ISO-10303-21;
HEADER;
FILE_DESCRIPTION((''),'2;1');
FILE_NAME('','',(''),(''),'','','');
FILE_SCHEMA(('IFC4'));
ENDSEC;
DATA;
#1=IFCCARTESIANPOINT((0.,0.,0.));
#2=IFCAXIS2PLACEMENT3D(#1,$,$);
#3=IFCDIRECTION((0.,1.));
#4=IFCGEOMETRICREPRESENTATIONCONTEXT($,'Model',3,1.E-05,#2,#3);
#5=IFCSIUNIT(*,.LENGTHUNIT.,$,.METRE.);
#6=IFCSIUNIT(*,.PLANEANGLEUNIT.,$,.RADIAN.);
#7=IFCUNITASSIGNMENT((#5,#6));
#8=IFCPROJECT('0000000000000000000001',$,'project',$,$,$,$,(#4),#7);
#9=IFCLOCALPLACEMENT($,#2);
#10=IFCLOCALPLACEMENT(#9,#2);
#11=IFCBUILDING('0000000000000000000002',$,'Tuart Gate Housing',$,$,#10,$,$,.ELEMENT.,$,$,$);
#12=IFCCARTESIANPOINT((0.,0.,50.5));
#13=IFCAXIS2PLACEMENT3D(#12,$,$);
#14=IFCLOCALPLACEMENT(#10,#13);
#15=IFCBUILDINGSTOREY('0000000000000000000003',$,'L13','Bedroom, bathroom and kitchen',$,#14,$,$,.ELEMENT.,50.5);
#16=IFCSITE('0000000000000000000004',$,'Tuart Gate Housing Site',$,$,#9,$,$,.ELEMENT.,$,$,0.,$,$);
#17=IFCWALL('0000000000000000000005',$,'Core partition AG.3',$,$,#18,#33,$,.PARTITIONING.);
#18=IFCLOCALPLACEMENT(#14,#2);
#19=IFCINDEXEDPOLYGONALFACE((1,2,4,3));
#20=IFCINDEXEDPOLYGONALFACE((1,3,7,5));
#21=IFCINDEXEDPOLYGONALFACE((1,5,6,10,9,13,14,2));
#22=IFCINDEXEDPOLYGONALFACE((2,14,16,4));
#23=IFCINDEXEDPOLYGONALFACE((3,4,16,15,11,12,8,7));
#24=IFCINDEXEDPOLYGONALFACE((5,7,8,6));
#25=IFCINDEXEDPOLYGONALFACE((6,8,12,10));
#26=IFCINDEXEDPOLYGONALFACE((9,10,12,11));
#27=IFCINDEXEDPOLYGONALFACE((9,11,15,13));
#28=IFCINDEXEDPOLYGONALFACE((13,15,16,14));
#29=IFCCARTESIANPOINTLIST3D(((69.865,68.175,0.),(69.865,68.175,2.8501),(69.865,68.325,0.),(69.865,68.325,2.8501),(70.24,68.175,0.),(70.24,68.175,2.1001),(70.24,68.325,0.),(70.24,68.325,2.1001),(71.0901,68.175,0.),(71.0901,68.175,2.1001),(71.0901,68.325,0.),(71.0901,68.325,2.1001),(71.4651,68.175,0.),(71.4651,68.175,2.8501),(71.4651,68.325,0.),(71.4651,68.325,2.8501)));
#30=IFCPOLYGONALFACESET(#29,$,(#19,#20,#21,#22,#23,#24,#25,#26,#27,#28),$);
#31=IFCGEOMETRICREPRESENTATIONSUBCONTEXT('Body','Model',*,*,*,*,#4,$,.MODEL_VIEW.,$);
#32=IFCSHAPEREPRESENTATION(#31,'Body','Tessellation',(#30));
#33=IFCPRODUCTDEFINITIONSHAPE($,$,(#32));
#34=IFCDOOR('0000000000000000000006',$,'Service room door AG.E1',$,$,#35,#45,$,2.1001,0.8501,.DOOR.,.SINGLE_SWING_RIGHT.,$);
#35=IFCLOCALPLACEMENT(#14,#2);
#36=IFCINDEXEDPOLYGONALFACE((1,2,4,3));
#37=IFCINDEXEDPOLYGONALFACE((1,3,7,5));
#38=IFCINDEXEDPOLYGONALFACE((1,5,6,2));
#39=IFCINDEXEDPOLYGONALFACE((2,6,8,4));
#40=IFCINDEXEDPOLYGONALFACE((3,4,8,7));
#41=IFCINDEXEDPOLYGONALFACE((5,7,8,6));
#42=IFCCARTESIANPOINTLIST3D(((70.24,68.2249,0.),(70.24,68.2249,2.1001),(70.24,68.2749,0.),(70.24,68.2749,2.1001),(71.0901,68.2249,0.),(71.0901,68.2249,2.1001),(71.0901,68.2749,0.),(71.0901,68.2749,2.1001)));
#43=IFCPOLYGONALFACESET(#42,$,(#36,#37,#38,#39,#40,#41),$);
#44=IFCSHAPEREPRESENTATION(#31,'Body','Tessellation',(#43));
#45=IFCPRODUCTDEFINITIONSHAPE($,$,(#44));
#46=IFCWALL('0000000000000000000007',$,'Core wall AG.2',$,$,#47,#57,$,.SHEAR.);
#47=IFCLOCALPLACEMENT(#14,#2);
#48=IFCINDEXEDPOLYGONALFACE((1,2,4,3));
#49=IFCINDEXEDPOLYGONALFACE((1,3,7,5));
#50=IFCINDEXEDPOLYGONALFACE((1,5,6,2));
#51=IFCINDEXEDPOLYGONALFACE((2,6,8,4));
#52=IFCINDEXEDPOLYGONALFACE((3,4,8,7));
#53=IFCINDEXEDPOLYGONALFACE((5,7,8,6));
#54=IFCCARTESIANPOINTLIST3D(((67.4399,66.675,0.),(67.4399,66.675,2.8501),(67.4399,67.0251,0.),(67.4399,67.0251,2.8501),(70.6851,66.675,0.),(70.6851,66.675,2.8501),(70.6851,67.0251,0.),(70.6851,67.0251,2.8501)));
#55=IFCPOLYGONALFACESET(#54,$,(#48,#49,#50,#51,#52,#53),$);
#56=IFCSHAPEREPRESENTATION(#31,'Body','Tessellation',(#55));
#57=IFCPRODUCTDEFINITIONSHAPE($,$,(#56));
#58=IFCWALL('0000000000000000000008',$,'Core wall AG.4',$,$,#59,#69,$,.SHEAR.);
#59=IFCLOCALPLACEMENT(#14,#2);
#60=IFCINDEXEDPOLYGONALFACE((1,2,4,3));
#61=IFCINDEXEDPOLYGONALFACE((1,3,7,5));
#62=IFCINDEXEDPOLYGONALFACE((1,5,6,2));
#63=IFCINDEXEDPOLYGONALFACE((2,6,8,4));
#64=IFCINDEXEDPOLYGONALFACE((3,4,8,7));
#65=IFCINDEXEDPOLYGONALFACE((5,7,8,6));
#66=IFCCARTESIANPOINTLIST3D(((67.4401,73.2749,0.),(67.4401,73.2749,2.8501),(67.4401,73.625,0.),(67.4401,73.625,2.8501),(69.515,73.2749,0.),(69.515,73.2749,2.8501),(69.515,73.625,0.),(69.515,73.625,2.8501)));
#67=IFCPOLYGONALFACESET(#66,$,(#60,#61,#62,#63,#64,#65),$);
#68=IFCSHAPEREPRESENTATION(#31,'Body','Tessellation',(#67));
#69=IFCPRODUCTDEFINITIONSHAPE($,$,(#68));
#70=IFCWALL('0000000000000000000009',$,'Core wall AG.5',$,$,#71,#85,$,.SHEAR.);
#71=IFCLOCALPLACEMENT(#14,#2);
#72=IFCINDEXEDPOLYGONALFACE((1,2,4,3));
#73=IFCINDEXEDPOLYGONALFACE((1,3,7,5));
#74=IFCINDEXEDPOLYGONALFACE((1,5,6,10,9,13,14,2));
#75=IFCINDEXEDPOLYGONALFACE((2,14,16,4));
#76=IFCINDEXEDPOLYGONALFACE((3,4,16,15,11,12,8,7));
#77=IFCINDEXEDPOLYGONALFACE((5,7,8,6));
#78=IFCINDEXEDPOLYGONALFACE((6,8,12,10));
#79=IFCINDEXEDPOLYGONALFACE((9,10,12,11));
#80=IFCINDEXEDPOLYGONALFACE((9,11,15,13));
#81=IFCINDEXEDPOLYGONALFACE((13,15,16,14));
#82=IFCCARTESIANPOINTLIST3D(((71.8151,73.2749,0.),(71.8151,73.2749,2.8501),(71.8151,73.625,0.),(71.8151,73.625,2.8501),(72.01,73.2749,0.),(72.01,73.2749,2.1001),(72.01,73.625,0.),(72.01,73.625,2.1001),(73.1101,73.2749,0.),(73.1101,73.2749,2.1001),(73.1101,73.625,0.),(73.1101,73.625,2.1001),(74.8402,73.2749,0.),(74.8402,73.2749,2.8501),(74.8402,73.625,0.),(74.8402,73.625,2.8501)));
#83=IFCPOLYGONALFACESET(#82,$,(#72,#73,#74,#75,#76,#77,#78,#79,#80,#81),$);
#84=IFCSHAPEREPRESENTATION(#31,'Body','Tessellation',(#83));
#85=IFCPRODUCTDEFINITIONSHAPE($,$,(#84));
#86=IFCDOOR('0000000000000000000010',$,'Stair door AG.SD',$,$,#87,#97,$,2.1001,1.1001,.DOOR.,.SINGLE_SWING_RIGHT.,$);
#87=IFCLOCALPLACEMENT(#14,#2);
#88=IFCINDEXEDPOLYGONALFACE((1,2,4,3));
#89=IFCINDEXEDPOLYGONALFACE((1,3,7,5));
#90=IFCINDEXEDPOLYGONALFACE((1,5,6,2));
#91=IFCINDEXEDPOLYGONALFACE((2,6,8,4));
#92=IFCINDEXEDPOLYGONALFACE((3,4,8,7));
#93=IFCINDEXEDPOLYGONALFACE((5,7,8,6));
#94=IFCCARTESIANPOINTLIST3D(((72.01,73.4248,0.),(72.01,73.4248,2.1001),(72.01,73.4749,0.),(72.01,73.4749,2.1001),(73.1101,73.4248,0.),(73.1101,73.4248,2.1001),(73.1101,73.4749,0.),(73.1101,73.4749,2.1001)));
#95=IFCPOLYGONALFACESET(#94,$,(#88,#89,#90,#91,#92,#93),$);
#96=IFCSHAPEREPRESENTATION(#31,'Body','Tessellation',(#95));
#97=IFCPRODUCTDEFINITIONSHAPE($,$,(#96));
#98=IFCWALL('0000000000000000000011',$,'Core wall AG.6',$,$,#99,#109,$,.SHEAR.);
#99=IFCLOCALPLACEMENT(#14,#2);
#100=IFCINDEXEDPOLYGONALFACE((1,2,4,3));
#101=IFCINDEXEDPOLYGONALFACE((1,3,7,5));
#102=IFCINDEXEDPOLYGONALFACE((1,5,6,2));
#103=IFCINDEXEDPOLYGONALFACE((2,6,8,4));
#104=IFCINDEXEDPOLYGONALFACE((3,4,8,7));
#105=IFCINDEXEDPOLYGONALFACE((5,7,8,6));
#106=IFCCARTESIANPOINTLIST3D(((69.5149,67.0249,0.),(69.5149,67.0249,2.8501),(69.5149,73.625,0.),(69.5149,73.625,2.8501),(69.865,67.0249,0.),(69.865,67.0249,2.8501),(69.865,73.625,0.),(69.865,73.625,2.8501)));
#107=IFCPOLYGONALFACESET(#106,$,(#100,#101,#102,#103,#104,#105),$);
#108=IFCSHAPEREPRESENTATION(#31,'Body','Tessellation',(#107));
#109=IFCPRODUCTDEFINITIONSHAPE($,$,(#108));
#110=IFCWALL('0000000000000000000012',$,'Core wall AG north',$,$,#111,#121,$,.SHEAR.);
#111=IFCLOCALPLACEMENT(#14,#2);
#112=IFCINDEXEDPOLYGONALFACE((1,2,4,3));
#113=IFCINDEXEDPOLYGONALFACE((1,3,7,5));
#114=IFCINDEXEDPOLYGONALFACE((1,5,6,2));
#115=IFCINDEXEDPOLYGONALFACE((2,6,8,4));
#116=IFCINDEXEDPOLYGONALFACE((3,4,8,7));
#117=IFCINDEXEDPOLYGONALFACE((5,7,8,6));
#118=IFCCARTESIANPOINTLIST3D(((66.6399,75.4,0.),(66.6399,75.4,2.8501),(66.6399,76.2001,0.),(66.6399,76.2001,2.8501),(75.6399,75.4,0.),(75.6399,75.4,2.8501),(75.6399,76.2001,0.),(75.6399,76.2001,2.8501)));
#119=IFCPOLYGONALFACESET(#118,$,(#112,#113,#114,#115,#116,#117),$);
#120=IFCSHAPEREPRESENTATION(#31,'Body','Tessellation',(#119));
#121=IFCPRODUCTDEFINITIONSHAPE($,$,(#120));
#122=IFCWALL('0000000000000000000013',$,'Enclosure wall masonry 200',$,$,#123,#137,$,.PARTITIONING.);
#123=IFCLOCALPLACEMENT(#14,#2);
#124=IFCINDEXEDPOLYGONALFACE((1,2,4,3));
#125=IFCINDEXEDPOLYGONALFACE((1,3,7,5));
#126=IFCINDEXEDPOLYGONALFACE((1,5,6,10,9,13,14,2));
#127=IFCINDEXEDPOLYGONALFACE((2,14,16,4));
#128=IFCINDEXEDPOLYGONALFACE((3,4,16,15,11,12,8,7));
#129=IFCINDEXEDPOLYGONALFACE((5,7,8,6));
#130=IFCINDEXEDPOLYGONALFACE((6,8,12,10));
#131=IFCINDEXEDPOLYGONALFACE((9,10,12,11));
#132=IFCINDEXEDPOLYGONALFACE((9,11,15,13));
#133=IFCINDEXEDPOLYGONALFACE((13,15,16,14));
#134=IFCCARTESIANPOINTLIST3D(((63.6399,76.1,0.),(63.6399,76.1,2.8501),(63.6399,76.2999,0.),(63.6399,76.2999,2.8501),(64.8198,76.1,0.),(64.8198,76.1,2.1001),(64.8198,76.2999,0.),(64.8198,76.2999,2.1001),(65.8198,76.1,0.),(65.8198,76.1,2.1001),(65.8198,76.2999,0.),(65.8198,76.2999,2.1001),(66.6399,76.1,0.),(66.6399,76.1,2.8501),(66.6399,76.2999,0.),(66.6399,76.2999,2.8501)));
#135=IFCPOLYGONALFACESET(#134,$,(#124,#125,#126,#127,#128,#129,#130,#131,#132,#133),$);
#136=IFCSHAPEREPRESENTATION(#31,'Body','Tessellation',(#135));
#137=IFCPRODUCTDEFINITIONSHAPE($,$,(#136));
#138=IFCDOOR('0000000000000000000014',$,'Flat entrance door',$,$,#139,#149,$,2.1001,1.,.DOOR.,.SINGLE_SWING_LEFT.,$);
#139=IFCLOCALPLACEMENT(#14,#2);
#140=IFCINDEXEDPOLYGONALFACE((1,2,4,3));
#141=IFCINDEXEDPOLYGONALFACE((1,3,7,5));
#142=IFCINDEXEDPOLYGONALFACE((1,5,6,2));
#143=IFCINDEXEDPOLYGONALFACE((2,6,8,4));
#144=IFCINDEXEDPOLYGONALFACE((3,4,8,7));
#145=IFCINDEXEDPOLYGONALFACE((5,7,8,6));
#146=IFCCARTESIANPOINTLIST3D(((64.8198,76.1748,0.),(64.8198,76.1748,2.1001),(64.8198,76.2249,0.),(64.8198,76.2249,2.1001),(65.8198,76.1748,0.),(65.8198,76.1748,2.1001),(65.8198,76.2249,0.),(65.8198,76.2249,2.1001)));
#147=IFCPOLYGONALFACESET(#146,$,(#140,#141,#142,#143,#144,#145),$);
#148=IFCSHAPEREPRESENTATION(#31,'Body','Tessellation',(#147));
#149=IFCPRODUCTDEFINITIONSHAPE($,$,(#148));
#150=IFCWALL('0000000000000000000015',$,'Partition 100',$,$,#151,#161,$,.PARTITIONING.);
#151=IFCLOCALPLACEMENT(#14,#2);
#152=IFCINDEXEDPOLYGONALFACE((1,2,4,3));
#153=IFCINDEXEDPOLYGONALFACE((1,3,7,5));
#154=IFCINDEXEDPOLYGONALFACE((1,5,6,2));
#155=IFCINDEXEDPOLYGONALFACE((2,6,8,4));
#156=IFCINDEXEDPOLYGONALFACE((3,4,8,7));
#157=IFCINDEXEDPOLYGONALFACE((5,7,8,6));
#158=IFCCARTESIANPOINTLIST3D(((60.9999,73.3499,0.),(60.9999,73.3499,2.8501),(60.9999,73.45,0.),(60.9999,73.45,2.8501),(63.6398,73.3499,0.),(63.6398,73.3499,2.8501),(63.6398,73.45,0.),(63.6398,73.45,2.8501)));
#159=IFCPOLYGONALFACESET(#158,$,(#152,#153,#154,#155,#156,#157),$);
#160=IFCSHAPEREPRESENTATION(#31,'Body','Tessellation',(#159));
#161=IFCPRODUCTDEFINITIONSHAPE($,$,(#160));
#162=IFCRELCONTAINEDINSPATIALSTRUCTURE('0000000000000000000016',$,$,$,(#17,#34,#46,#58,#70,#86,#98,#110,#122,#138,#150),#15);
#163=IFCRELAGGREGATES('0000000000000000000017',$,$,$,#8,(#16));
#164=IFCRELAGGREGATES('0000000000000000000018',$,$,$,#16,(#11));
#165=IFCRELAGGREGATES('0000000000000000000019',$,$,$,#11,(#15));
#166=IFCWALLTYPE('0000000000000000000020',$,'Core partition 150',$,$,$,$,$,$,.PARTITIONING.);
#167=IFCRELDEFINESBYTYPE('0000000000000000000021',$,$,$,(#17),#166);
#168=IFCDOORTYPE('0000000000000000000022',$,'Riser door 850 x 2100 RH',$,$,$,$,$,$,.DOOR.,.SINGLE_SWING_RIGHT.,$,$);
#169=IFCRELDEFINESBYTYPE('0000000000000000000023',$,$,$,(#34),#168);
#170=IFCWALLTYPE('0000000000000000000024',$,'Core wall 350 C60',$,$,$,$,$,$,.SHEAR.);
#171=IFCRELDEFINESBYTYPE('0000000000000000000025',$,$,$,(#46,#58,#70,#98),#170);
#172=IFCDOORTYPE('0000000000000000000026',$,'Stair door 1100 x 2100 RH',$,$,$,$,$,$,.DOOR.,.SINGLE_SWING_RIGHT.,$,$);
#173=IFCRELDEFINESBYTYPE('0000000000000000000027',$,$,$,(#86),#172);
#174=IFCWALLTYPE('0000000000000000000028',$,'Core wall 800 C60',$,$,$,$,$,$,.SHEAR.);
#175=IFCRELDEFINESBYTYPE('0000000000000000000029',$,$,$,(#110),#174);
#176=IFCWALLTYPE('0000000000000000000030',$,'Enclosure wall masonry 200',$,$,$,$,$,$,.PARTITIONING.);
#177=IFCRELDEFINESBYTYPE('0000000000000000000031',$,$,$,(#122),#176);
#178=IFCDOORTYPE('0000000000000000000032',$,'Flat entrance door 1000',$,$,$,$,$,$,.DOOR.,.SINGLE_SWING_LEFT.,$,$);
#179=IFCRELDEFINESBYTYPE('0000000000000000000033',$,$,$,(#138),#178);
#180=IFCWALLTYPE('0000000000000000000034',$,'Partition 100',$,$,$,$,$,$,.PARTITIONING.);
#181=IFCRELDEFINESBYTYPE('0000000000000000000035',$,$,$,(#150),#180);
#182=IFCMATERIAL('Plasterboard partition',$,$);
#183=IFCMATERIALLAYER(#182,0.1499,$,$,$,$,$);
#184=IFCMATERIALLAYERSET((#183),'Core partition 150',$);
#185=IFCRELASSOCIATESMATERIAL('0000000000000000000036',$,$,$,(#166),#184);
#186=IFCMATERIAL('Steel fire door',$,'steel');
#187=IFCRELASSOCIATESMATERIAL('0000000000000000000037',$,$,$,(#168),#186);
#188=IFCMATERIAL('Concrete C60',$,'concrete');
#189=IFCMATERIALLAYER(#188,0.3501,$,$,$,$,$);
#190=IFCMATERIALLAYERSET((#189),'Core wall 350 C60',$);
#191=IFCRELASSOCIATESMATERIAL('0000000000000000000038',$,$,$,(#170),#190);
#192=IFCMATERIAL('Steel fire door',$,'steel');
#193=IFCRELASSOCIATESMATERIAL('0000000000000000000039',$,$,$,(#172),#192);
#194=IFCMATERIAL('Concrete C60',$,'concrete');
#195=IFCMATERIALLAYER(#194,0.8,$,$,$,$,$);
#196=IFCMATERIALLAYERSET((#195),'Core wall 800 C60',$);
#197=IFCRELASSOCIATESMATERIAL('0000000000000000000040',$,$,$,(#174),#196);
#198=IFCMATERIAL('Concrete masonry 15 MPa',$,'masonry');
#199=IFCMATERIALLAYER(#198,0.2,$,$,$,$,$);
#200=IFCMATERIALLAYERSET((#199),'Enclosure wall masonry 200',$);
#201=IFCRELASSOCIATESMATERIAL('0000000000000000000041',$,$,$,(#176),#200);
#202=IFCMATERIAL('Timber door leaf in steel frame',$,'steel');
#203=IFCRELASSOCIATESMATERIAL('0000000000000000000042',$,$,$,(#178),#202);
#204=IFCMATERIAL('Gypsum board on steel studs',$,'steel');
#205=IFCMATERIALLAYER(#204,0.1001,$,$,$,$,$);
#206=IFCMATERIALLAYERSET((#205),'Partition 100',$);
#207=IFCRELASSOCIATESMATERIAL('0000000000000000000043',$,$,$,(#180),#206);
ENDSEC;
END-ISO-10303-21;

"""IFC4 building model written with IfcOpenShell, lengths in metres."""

from ifc_helpers import new_model, si_unit, direction, frame, frame_2d, origin, place, context, subcontext, project, spatial, rectangle, extrude, material, layer, layer_set, type_object, element, fill, save


model = new_model("IFC4")

# Units and contexts
model_context = context("Model", 3, precision=1e-05, world=origin(), true_north=direction((0.0, 1.0)))
body_context = subcontext(model_context, "Body", "Model", "MODEL_VIEW")
ifc_project = project(units=[si_unit("LENGTHUNIT", "METRE"), si_unit("PLANEANGLEUNIT", "RADIAN")], contexts=[model_context])

# Site, building, storey
site_placement = place(None, origin())
site = spatial("IfcSite", under=ifc_project, at=site_placement, Name="Tuart Gate Housing Site", CompositionType="ELEMENT", RefElevation=0.0)
building_placement = place(site_placement, origin())
building = spatial("IfcBuilding", under=site, at=building_placement, Name="Tuart Gate Housing", CompositionType="ELEMENT")
storey_placement = place(building_placement, frame((0.0, 0.0, 50.5)))
storey = spatial("IfcBuildingStorey", under=building, at=storey_placement, Name="L13", Description="Bedroom, bathroom and kitchen", CompositionType="ELEMENT", Elevation=50.5)

# Wall, opening, door
ifc_material_1 = material(Name="Plasterboard partition")
ifc_layer_1 = layer(ifc_material_1, 0.1499)
ifc_layer_set_1 = layer_set([ifc_layer_1], Name="Core partition 150")
wall_type_1 = type_object("IfcWallType", Name="Core partition 150", PredefinedType="PARTITIONING", material=ifc_layer_set_1)
wall_1_placement = place(storey_placement, frame((69.865, 68.25, 0.0), z_axis=(0.0, 0.0, 1.0), x_axis=(1.0, 0.0, 0.0)))
wall_1 = element("IfcWall", 1, at=wall_1_placement, inside=storey, type_object=wall_type_1, Name="Core partition AG.3", PredefinedType="PARTITIONING", context=body_context, shape_type="SweptSolid", body=[
    extrude(rectangle(XDim=1.6001, YDim=0.1499, at=frame_2d((0.8, 0.0))), origin(), (0.0, 0.0, 1.0), 2.8501),
])
opening_1_placement = place(wall_1_placement, frame((0.375, 0.0, 0.0)))
opening_1 = element("IfcOpeningElement", 2, at=opening_1_placement, cuts=wall_1, PredefinedType="OPENING", context=body_context, shape_type="SweptSolid", body=[
    extrude(rectangle(XDim=0.8501, YDim=2.1001, at=frame_2d((0.425, 1.05))), frame((0.0, 0.085, 0.0), z_axis=(0.0, -1.0, 0.0), x_axis=(1.0, 0.0, 0.0)), (0.0, 0.0, 1.0), 0.1699),
])
ifc_material_2 = material(Name="Steel fire door", Category="steel")
door_type_1 = type_object("IfcDoorType", Name="Riser door 850 x 2100 RH", OperationType="SINGLE_SWING_RIGHT", PredefinedType="DOOR", material=ifc_material_2)
door_1_placement = place(opening_1_placement, frame((0.8501, 0.0, 0.0), z_axis=(0.0, 0.0, 1.0), x_axis=(-1.0, 0.0, 0.0)))
door_1 = element("IfcDoor", 3, at=door_1_placement, inside=storey, type_object=door_type_1, Name="Service room door AG.E1", OperationType="SINGLE_SWING_RIGHT", OverallHeight=2.1001, OverallWidth=0.8501, PredefinedType="DOOR", context=body_context, shape_type="SweptSolid", body=[
    extrude(rectangle(XDim=0.8501, YDim=2.1001, at=frame_2d((0.425, 1.05))), frame((0.0, 0.0251, 0.0), z_axis=(0.0, -1.0, 0.0), x_axis=(1.0, 0.0, 0.0)), (0.0, 0.0, 1.0), 0.05),
])
fill(opening_1, door_1)

# Walls
ifc_material_3 = material(Name="Concrete C60", Category="concrete")
ifc_layer_2 = layer(ifc_material_3, 0.3501)
ifc_layer_set_2 = layer_set([ifc_layer_2], Name="Core wall 350 C60")
wall_type_2 = type_object("IfcWallType", Name="Core wall 350 C60", PredefinedType="SHEAR", material=ifc_layer_set_2)
wall_2_placement = place(storey_placement, frame((67.4399, 66.8501, 0.0), z_axis=(0.0, 0.0, 1.0), x_axis=(1.0, 0.0, 0.0)))
element("IfcWall", 4, at=wall_2_placement, inside=storey, type_object=wall_type_2, Name="Core wall AG.2", PredefinedType="SHEAR", context=body_context, shape_type="SweptSolid", body=[
    extrude(rectangle(XDim=3.2451, YDim=0.3501, at=frame_2d((1.6226, 0.0))), origin(), (0.0, 0.0, 1.0), 2.8501),
])
wall_3_placement = place(storey_placement, frame((67.4399, 73.45, 0.0), z_axis=(0.0, 0.0, 1.0), x_axis=(1.0, 0.0, 0.0)))
element("IfcWall", 5, at=wall_3_placement, inside=storey, type_object=wall_type_2, Name="Core wall AG.4", PredefinedType="SHEAR", context=body_context, shape_type="SweptSolid", body=[
    extrude(rectangle(XDim=2.075, YDim=0.3501, at=frame_2d((1.0376, 0.0))), origin(), (0.0, 0.0, 1.0), 2.8501),
])

# Wall, opening, door
wall_4_placement = place(storey_placement, frame((71.8149, 73.45, 0.0), z_axis=(0.0, 0.0, 1.0), x_axis=(1.0, 0.0, 0.0)))
wall_4 = element("IfcWall", 6, at=wall_4_placement, inside=storey, type_object=wall_type_2, Name="Core wall AG.5", PredefinedType="SHEAR", context=body_context, shape_type="SweptSolid", body=[
    extrude(rectangle(XDim=3.0251, YDim=0.3501, at=frame_2d((1.5127, 0.0))), origin(), (0.0, 0.0, 1.0), 2.8501),
])
opening_2_placement = place(wall_4_placement, frame((0.1951, 0.0, 0.0)))
opening_2 = element("IfcOpeningElement", 7, at=opening_2_placement, cuts=wall_4, PredefinedType="OPENING", context=body_context, shape_type="SweptSolid", body=[
    extrude(rectangle(XDim=1.1001, YDim=2.1001, at=frame_2d((0.55, 1.05))), frame((0.0, 0.1851, 0.0), z_axis=(0.0, -1.0, 0.0), x_axis=(1.0, 0.0, 0.0)), (0.0, 0.0, 1.0), 0.3701),
])
ifc_material_4 = material(Name="Steel fire door", Category="steel")
door_type_2 = type_object("IfcDoorType", Name="Stair door 1100 x 2100 RH", OperationType="SINGLE_SWING_RIGHT", PredefinedType="DOOR", material=ifc_material_4)
door_2_placement = place(opening_2_placement, frame((1.1001, 0.0, 0.0), z_axis=(0.0, 0.0, 1.0), x_axis=(-1.0, 0.0, 0.0)))
door_2 = element("IfcDoor", 8, at=door_2_placement, inside=storey, type_object=door_type_2, Name="Stair door AG.SD", OperationType="SINGLE_SWING_RIGHT", OverallHeight=2.1001, OverallWidth=1.1001, PredefinedType="DOOR", context=body_context, shape_type="SweptSolid", body=[
    extrude(rectangle(XDim=1.1001, YDim=2.1001, at=frame_2d((0.55, 1.05))), frame((0.0, 0.0251, 0.0), z_axis=(0.0, -1.0, 0.0), x_axis=(1.0, 0.0, 0.0)), (0.0, 0.0, 1.0), 0.05),
])
fill(opening_2, door_2)

# Walls
wall_5_placement = place(storey_placement, frame((69.6899, 67.0249, 0.0), z_axis=(0.0, 0.0, 1.0), x_axis=(0.0, 1.0, 0.0)))
element("IfcWall", 9, at=wall_5_placement, inside=storey, type_object=wall_type_2, Name="Core wall AG.6", PredefinedType="SHEAR", context=body_context, shape_type="SweptSolid", body=[
    extrude(rectangle(XDim=6.6001, YDim=0.3501, at=frame_2d((3.3, 0.0))), origin(), (0.0, 0.0, 1.0), 2.8501),
])
ifc_material_5 = material(Name="Concrete C60", Category="concrete")
ifc_layer_3 = layer(ifc_material_5, 0.8)
ifc_layer_set_3 = layer_set([ifc_layer_3], Name="Core wall 800 C60")
wall_type_3 = type_object("IfcWallType", Name="Core wall 800 C60", PredefinedType="SHEAR", material=ifc_layer_set_3)
wall_6_placement = place(storey_placement, frame((66.6399, 75.8, 0.0), z_axis=(0.0, 0.0, 1.0), x_axis=(1.0, 0.0, 0.0)))
element("IfcWall", 10, at=wall_6_placement, inside=storey, type_object=wall_type_3, Name="Core wall AG north", PredefinedType="SHEAR", context=body_context, shape_type="SweptSolid", body=[
    extrude(rectangle(XDim=9.0, YDim=0.8, at=frame_2d((4.5, 0.0))), origin(), (0.0, 0.0, 1.0), 2.8501),
])

# Wall, opening, door
ifc_material_6 = material(Name="Concrete masonry 15 MPa", Category="masonry")
ifc_layer_4 = layer(ifc_material_6, 0.2)
ifc_layer_set_4 = layer_set([ifc_layer_4], Name="Enclosure wall masonry 200")
wall_type_4 = type_object("IfcWallType", Name="Enclosure wall masonry 200", PredefinedType="PARTITIONING", material=ifc_layer_set_4)
wall_7_placement = place(storey_placement, frame((63.6399, 76.2, 0.0), z_axis=(0.0, 0.0, 1.0), x_axis=(1.0, 0.0, 0.0)))
wall_7 = element("IfcWall", 11, at=wall_7_placement, inside=storey, type_object=wall_type_4, Name="Enclosure wall masonry 200", PredefinedType="PARTITIONING", context=body_context, shape_type="SweptSolid", body=[
    extrude(rectangle(XDim=3.0, YDim=0.2, at=frame_2d((1.5, 0.0))), origin(), (0.0, 0.0, 1.0), 2.8501),
])
opening_3_placement = place(wall_7_placement, frame((1.1799, 0.0, 0.0)))
opening_3 = element("IfcOpeningElement", 12, at=opening_3_placement, cuts=wall_7, PredefinedType="OPENING", context=body_context, shape_type="SweptSolid", body=[
    extrude(rectangle(XDim=1.0, YDim=2.1001, at=frame_2d((0.5, 1.05))), frame((0.0, 0.1099, 0.0), z_axis=(0.0, -1.0, 0.0), x_axis=(1.0, 0.0, 0.0)), (0.0, 0.0, 1.0), 0.22),
])
ifc_material_7 = material(Name="Timber door leaf in steel frame", Category="steel")
door_type_3 = type_object("IfcDoorType", Name="Flat entrance door 1000", OperationType="SINGLE_SWING_LEFT", PredefinedType="DOOR", material=ifc_material_7)
door_3_placement = place(opening_3_placement, origin())
door_3 = element("IfcDoor", 13, at=door_3_placement, inside=storey, type_object=door_type_3, Name="Flat entrance door", OperationType="SINGLE_SWING_LEFT", OverallHeight=2.1001, OverallWidth=1.0, PredefinedType="DOOR", context=body_context, shape_type="SweptSolid", body=[
    extrude(rectangle(XDim=1.0, YDim=2.1001, at=frame_2d((0.5, 1.05))), frame((0.0, 0.0249, 0.0), z_axis=(0.0, -1.0, 0.0), x_axis=(1.0, 0.0, 0.0)), (0.0, 0.0, 1.0), 0.05),
])
fill(opening_3, door_3)

# Wall
ifc_material_8 = material(Name="Gypsum board on steel studs", Category="steel")
ifc_layer_5 = layer(ifc_material_8, 0.1001)
ifc_layer_set_5 = layer_set([ifc_layer_5], Name="Partition 100")
wall_type_5 = type_object("IfcWallType", Name="Partition 100", PredefinedType="PARTITIONING", material=ifc_layer_set_5)
wall_8_placement = place(storey_placement, frame((61.0, 73.3999, 0.0), z_axis=(0.0, 0.0, 1.0), x_axis=(1.0, 0.0, 0.0)))
element("IfcWall", 14, at=wall_8_placement, inside=storey, type_object=wall_type_5, Name="Partition 100", PredefinedType="PARTITIONING", context=body_context, shape_type="SweptSolid", body=[
    extrude(rectangle(XDim=2.6399, YDim=0.1001, at=frame_2d((1.3198, 0.0))), origin(), (0.0, 0.0, 1.0), 2.8501),
])

save(model, "model.ifc")
